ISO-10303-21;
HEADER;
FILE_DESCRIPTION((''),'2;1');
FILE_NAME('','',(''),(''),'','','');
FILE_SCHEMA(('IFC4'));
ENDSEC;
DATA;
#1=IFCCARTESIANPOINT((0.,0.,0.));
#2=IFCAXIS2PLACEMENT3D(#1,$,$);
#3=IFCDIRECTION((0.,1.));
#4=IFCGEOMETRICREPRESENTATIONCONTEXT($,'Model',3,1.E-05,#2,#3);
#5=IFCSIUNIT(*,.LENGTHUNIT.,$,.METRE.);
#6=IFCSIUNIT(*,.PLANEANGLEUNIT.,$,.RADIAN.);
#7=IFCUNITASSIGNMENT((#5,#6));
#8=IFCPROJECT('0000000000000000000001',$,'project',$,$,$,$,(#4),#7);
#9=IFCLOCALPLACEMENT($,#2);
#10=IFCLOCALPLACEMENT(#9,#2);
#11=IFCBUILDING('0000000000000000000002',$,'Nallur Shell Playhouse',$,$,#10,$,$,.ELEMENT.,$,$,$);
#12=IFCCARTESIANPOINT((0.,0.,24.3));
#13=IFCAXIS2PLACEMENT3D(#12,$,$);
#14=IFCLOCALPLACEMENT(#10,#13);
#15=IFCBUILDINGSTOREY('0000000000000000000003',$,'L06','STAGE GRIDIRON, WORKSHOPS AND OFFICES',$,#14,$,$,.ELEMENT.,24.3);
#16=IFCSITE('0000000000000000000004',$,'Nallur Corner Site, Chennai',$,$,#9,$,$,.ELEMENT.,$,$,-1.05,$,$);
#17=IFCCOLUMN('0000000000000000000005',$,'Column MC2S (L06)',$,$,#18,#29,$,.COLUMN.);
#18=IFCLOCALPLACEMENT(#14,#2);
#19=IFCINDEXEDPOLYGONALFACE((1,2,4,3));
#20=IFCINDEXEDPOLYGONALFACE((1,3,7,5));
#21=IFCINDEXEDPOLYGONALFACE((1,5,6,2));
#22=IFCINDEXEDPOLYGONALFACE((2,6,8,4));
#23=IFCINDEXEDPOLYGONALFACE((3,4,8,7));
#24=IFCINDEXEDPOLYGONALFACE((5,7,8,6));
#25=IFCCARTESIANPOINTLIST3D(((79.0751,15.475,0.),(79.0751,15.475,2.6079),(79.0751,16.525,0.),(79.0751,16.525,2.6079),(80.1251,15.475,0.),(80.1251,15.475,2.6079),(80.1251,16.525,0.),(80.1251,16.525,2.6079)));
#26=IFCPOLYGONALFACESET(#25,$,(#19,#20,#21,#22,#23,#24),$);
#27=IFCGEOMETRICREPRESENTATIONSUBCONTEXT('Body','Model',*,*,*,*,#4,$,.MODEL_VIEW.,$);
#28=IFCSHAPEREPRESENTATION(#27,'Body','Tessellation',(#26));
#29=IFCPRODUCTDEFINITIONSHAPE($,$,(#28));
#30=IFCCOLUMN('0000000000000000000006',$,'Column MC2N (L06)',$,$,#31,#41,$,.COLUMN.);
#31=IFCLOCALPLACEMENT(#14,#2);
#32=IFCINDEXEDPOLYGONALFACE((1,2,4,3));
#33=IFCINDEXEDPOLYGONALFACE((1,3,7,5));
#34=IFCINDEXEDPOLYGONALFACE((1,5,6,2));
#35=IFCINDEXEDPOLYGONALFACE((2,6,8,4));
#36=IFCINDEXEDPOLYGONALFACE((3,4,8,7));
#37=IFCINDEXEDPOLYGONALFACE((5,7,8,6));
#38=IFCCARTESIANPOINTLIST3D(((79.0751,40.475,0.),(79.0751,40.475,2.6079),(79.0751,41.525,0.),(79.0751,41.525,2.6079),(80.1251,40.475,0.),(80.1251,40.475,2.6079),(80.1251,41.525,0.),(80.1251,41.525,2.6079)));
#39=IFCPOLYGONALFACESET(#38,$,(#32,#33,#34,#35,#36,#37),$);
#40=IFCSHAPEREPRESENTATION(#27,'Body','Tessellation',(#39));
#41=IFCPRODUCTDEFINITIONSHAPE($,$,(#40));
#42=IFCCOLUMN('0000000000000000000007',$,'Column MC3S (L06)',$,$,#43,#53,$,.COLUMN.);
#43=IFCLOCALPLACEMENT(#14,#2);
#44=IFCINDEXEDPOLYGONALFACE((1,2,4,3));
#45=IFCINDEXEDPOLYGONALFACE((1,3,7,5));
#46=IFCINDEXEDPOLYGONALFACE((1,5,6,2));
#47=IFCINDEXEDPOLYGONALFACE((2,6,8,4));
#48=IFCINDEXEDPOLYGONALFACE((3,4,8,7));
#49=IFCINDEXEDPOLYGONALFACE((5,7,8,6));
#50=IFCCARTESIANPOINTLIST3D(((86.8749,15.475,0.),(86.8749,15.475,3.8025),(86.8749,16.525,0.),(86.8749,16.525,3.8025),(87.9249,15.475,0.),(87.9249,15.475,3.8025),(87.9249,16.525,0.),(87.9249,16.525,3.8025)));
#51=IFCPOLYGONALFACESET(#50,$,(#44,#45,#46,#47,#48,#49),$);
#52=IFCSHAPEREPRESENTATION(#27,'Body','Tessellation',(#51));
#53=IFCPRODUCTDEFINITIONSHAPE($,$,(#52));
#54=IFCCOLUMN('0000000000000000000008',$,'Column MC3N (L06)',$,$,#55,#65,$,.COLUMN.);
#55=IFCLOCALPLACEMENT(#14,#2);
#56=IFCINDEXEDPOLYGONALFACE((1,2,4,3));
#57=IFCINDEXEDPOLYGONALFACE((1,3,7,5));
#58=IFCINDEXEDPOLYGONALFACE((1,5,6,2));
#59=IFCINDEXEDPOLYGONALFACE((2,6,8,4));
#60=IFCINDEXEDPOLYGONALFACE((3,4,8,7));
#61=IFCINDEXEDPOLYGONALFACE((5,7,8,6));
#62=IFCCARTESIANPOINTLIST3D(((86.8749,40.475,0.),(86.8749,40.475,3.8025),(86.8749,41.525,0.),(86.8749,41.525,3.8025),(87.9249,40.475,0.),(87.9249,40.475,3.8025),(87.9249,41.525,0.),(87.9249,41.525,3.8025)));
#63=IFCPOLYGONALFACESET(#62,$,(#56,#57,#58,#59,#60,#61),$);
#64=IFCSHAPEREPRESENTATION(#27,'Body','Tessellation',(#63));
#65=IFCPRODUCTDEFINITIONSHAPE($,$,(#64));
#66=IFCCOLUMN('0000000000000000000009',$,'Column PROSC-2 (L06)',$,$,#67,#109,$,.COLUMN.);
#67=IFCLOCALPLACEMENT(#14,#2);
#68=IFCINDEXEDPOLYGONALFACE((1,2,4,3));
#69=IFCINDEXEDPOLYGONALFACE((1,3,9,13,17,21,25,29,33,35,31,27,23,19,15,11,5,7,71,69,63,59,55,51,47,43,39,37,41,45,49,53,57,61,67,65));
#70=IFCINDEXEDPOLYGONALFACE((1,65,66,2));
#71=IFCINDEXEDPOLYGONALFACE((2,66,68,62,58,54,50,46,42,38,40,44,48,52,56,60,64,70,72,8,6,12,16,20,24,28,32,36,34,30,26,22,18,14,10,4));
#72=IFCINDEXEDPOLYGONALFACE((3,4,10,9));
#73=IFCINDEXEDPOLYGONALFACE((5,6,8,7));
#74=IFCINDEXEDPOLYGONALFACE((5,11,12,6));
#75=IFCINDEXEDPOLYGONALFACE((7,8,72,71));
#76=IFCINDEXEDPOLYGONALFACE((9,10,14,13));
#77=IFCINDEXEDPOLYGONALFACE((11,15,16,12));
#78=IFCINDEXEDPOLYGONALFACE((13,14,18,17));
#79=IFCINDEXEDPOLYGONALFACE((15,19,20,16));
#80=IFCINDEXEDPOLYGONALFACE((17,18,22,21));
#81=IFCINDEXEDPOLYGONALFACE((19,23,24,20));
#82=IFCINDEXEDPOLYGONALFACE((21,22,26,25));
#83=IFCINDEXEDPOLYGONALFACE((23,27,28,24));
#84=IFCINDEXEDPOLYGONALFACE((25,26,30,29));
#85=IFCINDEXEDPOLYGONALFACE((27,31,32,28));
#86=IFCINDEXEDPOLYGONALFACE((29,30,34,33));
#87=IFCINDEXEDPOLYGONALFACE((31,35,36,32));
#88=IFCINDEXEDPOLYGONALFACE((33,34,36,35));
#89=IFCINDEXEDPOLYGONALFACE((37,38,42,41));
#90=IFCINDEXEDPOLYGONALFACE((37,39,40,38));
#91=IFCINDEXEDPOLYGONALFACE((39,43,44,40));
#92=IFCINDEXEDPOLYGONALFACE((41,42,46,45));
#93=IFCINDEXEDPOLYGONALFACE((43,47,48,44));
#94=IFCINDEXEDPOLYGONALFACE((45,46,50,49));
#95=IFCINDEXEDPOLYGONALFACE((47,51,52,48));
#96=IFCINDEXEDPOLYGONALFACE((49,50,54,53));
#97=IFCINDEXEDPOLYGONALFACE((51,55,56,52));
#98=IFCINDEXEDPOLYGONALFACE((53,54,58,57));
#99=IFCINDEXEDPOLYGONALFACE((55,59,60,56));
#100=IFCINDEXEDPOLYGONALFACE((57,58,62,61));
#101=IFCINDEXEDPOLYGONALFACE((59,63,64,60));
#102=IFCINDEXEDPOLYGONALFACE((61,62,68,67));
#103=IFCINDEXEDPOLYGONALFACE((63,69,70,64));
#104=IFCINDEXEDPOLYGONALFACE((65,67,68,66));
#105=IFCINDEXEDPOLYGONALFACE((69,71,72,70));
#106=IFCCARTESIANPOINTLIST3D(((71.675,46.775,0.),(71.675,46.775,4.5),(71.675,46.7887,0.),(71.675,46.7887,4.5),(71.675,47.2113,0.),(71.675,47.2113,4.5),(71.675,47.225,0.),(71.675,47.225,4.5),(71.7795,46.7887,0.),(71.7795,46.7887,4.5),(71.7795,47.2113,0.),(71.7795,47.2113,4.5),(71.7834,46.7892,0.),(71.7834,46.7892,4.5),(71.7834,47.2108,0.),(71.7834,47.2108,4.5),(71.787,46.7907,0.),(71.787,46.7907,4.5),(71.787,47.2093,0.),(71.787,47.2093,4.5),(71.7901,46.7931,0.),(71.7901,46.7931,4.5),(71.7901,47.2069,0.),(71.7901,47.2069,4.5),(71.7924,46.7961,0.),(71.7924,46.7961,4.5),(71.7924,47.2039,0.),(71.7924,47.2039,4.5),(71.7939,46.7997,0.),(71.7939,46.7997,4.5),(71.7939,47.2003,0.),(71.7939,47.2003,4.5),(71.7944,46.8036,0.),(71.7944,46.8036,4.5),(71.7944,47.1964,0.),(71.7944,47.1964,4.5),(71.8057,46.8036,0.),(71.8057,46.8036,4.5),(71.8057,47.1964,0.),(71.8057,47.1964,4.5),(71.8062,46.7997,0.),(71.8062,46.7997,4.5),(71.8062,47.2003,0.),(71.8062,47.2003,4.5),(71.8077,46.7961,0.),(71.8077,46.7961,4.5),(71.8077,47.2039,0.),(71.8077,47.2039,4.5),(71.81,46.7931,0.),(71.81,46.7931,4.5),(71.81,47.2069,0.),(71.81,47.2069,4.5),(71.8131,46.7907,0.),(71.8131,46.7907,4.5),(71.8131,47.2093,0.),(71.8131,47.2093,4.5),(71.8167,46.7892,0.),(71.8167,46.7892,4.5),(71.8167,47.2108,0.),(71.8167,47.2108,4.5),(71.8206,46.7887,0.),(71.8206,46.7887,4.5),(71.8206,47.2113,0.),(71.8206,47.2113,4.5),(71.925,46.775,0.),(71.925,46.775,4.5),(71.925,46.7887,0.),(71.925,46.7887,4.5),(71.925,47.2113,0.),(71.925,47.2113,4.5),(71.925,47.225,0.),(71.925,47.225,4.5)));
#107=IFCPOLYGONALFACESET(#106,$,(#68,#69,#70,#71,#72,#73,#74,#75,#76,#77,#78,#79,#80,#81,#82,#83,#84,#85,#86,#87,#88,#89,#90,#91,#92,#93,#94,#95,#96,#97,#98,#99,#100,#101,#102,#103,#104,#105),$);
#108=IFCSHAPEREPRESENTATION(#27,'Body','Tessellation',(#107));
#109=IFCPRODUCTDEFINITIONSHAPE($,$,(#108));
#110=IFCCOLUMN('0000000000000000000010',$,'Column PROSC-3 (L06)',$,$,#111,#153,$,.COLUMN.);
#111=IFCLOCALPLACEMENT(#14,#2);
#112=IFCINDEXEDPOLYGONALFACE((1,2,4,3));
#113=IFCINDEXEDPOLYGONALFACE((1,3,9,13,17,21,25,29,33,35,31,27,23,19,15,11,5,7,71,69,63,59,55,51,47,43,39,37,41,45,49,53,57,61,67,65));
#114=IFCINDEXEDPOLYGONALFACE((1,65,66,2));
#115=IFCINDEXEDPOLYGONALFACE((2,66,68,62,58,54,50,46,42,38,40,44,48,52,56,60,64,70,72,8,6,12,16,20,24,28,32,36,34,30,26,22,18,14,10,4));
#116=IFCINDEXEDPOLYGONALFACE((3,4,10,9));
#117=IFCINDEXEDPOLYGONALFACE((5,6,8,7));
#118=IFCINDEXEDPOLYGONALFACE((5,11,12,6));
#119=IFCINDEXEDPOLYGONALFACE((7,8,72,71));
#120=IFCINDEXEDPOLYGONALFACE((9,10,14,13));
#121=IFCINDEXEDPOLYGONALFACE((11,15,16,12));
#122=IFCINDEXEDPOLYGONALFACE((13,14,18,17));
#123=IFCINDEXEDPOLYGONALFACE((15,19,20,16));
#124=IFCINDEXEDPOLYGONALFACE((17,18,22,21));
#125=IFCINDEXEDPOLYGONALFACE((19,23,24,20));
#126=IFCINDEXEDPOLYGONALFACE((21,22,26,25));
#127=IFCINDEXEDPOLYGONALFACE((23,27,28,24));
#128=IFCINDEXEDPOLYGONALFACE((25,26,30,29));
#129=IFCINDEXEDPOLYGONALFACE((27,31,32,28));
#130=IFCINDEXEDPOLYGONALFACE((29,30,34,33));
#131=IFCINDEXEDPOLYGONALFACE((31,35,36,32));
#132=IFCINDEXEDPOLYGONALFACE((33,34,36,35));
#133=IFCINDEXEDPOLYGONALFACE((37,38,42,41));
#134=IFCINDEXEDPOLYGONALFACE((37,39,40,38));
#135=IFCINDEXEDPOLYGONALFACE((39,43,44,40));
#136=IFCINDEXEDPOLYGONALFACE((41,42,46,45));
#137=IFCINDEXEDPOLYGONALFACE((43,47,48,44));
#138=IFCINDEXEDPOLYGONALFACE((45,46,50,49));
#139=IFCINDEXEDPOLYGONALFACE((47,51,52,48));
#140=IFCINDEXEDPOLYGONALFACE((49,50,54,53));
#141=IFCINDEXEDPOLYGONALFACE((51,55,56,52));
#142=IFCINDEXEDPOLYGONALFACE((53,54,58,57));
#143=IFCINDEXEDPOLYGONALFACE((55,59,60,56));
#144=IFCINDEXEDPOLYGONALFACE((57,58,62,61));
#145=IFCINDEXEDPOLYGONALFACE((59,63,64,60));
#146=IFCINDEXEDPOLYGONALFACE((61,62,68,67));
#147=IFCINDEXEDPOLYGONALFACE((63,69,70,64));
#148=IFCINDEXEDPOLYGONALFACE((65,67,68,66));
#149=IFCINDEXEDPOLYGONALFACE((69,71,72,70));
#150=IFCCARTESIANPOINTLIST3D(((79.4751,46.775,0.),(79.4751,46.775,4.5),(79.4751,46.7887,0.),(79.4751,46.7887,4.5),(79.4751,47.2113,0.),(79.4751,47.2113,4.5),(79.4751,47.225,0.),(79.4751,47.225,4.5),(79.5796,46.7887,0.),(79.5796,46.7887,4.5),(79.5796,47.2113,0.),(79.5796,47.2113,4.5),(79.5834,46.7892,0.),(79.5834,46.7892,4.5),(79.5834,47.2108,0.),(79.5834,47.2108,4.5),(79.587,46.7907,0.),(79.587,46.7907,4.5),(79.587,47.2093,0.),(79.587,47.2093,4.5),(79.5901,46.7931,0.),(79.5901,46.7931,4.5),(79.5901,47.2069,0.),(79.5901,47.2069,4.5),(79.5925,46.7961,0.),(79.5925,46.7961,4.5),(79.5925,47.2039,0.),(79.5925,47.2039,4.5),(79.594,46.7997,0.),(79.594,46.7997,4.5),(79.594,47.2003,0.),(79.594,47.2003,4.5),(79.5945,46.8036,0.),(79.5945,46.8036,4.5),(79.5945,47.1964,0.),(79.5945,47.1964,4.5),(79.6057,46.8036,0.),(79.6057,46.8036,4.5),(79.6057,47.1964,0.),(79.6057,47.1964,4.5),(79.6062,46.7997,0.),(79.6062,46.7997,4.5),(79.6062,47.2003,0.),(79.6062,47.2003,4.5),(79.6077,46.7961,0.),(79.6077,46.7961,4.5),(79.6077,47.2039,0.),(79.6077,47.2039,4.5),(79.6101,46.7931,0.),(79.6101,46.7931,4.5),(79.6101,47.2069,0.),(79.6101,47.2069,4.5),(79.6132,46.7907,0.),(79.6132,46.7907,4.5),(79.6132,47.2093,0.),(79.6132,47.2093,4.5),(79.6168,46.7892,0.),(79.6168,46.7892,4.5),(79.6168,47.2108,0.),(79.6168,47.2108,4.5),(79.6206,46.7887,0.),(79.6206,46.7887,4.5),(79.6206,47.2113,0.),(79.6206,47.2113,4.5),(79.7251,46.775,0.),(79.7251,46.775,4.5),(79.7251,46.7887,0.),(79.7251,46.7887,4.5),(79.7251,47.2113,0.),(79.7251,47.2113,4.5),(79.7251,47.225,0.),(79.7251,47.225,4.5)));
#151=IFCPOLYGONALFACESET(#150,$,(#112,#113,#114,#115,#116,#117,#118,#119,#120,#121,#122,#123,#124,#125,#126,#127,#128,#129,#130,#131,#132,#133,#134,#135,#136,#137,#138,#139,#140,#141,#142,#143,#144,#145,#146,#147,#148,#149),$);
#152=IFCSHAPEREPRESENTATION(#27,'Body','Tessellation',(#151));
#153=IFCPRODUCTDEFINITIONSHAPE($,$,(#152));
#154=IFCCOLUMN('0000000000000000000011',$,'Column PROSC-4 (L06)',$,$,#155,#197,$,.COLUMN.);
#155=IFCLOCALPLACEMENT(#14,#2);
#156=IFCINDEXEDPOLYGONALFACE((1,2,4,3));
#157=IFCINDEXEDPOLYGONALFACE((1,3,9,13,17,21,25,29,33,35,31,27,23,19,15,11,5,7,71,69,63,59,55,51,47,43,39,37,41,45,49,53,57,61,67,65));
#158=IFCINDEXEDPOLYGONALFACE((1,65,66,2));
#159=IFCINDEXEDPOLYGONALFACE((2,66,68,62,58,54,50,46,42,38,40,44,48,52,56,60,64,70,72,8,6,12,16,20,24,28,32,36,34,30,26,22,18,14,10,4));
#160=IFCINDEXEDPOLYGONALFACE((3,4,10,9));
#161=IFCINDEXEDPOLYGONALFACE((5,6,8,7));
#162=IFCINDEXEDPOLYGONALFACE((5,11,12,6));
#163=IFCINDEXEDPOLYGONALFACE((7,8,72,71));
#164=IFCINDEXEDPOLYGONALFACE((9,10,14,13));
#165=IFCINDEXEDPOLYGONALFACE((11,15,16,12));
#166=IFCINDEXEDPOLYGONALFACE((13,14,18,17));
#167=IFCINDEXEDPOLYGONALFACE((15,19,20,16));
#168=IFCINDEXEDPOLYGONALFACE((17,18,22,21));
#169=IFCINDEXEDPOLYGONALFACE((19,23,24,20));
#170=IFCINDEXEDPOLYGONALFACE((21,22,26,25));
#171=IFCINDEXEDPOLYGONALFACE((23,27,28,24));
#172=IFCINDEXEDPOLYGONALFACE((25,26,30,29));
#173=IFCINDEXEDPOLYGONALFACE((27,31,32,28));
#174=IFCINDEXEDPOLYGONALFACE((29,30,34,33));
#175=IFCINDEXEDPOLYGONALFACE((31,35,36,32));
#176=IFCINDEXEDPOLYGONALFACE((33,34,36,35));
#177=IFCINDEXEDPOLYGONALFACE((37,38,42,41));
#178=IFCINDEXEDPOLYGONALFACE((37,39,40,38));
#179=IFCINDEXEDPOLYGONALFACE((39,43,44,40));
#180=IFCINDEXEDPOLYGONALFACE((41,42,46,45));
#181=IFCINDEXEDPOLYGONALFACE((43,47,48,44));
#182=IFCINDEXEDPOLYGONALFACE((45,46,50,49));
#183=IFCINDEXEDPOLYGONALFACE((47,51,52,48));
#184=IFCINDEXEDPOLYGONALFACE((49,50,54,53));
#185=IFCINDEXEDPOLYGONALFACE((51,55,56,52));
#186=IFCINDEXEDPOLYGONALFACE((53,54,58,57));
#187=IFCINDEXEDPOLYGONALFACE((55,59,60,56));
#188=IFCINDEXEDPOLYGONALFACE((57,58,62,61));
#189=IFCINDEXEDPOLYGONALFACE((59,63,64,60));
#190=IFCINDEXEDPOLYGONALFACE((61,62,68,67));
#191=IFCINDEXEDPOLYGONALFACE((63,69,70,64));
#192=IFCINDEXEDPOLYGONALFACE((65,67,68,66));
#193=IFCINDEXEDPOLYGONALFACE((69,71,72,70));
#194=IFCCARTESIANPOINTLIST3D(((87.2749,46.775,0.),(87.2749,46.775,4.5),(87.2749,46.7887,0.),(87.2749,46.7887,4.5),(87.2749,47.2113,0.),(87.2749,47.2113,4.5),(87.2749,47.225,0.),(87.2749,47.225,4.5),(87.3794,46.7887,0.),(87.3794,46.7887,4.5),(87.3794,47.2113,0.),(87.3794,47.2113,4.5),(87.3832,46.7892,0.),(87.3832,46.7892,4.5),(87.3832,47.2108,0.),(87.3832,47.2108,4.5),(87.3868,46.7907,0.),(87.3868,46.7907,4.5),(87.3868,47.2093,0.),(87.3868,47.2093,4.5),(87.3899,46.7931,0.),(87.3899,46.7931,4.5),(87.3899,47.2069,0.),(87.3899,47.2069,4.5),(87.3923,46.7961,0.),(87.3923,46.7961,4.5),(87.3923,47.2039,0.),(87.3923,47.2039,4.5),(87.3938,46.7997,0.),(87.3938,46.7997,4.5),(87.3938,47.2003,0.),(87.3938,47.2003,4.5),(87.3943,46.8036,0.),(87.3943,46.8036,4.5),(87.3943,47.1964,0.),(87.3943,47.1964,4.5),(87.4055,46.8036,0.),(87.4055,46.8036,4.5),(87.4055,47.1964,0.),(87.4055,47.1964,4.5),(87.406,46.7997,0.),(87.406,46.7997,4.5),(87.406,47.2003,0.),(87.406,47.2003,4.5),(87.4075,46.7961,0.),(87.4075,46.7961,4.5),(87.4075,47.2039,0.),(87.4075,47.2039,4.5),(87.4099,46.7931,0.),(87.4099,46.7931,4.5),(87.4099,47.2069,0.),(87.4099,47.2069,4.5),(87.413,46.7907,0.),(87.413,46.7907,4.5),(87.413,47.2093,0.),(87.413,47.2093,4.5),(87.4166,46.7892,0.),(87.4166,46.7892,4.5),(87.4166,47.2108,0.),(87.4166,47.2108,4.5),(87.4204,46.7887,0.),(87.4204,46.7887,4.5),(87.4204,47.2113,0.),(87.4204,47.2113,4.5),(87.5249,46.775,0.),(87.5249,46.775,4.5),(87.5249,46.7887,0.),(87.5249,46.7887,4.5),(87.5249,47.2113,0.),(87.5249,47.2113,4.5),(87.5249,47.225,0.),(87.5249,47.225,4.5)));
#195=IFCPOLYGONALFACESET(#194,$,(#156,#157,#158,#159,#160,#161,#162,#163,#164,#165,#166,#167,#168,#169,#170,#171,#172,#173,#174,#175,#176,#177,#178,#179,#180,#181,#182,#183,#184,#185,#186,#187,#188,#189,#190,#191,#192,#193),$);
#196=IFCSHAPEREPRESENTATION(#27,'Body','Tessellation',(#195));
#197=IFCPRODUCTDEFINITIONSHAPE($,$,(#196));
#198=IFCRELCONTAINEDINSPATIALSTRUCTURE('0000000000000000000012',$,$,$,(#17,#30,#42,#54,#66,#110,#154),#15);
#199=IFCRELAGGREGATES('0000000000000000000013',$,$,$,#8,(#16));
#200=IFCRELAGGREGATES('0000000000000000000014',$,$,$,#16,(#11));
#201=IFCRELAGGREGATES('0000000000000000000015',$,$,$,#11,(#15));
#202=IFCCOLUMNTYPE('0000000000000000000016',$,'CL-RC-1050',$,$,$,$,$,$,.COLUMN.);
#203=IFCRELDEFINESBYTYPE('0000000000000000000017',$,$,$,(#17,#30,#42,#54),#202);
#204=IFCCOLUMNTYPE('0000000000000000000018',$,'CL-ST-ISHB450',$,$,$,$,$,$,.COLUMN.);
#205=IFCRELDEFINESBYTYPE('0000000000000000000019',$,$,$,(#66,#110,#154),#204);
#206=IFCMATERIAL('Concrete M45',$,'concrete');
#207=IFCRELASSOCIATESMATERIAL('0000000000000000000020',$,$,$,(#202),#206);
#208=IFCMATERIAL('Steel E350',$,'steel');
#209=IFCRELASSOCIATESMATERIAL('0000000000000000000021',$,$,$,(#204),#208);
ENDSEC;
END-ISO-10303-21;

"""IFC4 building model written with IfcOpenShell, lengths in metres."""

from ifc_helpers import new_model, si_unit, direction, frame, origin, origin_2d, place, context, subcontext, project, spatial, rectangle, i_section, extrude, material, material_profile, profile_set, type_object, element, save


model = new_model("IFC4")

# Units and contexts
model_context = context("Model", 3, precision=1e-05, world=origin(), true_north=direction((0.0, 1.0)))
body_context = subcontext(model_context, "Body", "Model", "MODEL_VIEW")
ifc_project = project(units=[si_unit("LENGTHUNIT", "METRE"), si_unit("PLANEANGLEUNIT", "RADIAN")], contexts=[model_context])

# Site, building, storey
site_placement = place(None, origin())
site = spatial("IfcSite", under=ifc_project, at=site_placement, Name="Nallur Corner Site, Chennai", CompositionType="ELEMENT", RefElevation=-1.05)
building_placement = place(site_placement, origin())
building = spatial("IfcBuilding", under=site, at=building_placement, Name="Nallur Shell Playhouse", CompositionType="ELEMENT")
storey_placement = place(building_placement, frame((0.0, 0.0, 24.3)))
storey = spatial("IfcBuildingStorey", under=building, at=storey_placement, Name="L06", Description="STAGE GRIDIRON, WORKSHOPS AND OFFICES", CompositionType="ELEMENT", Elevation=24.3)

# Columns
ifc_material_1 = material(Name="Concrete M45", Category="concrete")
ifc_material_profile_1 = material_profile(ifc_material_1, rectangle(XDim=1.05, YDim=1.05, at=origin_2d()), Name="RC 1050x1050")
ifc_profile_set_1 = profile_set([ifc_material_profile_1], Name="Concrete M45")
column_type_1 = type_object("IfcColumnType", Name="CL-RC-1050", PredefinedType="COLUMN", material=ifc_profile_set_1)
for number, where, z_axis, x_axis, name in (
    (1, (79.6001, 16.0, 0.0), (0.0, 0.0, 1.0), (1.0, 0.0, 0.0), "Column MC2S (L06)"),
    (2, (79.6001, 41.0, 0.0), (0.0, 0.0, 1.0), (1.0, 0.0, 0.0), "Column MC2N (L06)"),
):
    element("IfcColumn", number, at=place(storey_placement, frame(where, z_axis=z_axis, x_axis=x_axis)), inside=storey, type_object=column_type_1, Name=name, PredefinedType="COLUMN", context=body_context, shape_type="SweptSolid", body=[
        extrude(rectangle(XDim=1.05, YDim=1.05, at=origin_2d()), origin(), (0.0, 0.0, 1.0), 2.6079),
    ])
for number, where, z_axis, x_axis, name in (
    (3, (87.3999, 16.0, 0.0), (0.0, 0.0, 1.0), (1.0, 0.0, 0.0), "Column MC3S (L06)"),
    (4, (87.3999, 41.0, 0.0), (0.0, 0.0, 1.0), (1.0, 0.0, 0.0), "Column MC3N (L06)"),
):
    element("IfcColumn", number, at=place(storey_placement, frame(where, z_axis=z_axis, x_axis=x_axis)), inside=storey, type_object=column_type_1, Name=name, PredefinedType="COLUMN", context=body_context, shape_type="SweptSolid", body=[
        extrude(rectangle(XDim=1.05, YDim=1.05, at=origin_2d()), origin(), (0.0, 0.0, 1.0), 3.8025),
    ])
ifc_material_2 = material(Name="Steel E350", Category="steel")
ifc_material_profile_2 = material_profile(ifc_material_2, i_section(OverallWidth=0.25, OverallDepth=0.45, WebThickness=0.0112, FlangeThickness=0.0137, FilletRadius=0.0149, at=origin_2d()), Name="ISHB 450")
ifc_profile_set_2 = profile_set([ifc_material_profile_2], Name="Steel E350")
column_type_2 = type_object("IfcColumnType", Name="CL-ST-ISHB450", PredefinedType="COLUMN", material=ifc_profile_set_2)
for number, where, z_axis, x_axis, name in (
    (5, (71.8, 47.0, 0.0), (0.0, 0.0, 1.0), (1.0, 0.0, 0.0), "Column PROSC-2 (L06)"),
    (6, (79.6001, 47.0, 0.0), (0.0, 0.0, 1.0), (1.0, 0.0, 0.0), "Column PROSC-3 (L06)"),
    (7, (87.3999, 47.0, 0.0), (0.0, 0.0, 1.0), (1.0, 0.0, 0.0), "Column PROSC-4 (L06)"),
):
    element("IfcColumn", number, at=place(storey_placement, frame(where, z_axis=z_axis, x_axis=x_axis)), inside=storey, type_object=column_type_2, Name=name, PredefinedType="COLUMN", context=body_context, shape_type="SweptSolid", body=[
        extrude(i_section(OverallWidth=0.25, OverallDepth=0.45, WebThickness=0.0112, FlangeThickness=0.0137, FilletRadius=0.0149, at=origin_2d()), origin(), (0.0, 0.0, 1.0), 4.5),
    ])

save(model, "model.ifc")
